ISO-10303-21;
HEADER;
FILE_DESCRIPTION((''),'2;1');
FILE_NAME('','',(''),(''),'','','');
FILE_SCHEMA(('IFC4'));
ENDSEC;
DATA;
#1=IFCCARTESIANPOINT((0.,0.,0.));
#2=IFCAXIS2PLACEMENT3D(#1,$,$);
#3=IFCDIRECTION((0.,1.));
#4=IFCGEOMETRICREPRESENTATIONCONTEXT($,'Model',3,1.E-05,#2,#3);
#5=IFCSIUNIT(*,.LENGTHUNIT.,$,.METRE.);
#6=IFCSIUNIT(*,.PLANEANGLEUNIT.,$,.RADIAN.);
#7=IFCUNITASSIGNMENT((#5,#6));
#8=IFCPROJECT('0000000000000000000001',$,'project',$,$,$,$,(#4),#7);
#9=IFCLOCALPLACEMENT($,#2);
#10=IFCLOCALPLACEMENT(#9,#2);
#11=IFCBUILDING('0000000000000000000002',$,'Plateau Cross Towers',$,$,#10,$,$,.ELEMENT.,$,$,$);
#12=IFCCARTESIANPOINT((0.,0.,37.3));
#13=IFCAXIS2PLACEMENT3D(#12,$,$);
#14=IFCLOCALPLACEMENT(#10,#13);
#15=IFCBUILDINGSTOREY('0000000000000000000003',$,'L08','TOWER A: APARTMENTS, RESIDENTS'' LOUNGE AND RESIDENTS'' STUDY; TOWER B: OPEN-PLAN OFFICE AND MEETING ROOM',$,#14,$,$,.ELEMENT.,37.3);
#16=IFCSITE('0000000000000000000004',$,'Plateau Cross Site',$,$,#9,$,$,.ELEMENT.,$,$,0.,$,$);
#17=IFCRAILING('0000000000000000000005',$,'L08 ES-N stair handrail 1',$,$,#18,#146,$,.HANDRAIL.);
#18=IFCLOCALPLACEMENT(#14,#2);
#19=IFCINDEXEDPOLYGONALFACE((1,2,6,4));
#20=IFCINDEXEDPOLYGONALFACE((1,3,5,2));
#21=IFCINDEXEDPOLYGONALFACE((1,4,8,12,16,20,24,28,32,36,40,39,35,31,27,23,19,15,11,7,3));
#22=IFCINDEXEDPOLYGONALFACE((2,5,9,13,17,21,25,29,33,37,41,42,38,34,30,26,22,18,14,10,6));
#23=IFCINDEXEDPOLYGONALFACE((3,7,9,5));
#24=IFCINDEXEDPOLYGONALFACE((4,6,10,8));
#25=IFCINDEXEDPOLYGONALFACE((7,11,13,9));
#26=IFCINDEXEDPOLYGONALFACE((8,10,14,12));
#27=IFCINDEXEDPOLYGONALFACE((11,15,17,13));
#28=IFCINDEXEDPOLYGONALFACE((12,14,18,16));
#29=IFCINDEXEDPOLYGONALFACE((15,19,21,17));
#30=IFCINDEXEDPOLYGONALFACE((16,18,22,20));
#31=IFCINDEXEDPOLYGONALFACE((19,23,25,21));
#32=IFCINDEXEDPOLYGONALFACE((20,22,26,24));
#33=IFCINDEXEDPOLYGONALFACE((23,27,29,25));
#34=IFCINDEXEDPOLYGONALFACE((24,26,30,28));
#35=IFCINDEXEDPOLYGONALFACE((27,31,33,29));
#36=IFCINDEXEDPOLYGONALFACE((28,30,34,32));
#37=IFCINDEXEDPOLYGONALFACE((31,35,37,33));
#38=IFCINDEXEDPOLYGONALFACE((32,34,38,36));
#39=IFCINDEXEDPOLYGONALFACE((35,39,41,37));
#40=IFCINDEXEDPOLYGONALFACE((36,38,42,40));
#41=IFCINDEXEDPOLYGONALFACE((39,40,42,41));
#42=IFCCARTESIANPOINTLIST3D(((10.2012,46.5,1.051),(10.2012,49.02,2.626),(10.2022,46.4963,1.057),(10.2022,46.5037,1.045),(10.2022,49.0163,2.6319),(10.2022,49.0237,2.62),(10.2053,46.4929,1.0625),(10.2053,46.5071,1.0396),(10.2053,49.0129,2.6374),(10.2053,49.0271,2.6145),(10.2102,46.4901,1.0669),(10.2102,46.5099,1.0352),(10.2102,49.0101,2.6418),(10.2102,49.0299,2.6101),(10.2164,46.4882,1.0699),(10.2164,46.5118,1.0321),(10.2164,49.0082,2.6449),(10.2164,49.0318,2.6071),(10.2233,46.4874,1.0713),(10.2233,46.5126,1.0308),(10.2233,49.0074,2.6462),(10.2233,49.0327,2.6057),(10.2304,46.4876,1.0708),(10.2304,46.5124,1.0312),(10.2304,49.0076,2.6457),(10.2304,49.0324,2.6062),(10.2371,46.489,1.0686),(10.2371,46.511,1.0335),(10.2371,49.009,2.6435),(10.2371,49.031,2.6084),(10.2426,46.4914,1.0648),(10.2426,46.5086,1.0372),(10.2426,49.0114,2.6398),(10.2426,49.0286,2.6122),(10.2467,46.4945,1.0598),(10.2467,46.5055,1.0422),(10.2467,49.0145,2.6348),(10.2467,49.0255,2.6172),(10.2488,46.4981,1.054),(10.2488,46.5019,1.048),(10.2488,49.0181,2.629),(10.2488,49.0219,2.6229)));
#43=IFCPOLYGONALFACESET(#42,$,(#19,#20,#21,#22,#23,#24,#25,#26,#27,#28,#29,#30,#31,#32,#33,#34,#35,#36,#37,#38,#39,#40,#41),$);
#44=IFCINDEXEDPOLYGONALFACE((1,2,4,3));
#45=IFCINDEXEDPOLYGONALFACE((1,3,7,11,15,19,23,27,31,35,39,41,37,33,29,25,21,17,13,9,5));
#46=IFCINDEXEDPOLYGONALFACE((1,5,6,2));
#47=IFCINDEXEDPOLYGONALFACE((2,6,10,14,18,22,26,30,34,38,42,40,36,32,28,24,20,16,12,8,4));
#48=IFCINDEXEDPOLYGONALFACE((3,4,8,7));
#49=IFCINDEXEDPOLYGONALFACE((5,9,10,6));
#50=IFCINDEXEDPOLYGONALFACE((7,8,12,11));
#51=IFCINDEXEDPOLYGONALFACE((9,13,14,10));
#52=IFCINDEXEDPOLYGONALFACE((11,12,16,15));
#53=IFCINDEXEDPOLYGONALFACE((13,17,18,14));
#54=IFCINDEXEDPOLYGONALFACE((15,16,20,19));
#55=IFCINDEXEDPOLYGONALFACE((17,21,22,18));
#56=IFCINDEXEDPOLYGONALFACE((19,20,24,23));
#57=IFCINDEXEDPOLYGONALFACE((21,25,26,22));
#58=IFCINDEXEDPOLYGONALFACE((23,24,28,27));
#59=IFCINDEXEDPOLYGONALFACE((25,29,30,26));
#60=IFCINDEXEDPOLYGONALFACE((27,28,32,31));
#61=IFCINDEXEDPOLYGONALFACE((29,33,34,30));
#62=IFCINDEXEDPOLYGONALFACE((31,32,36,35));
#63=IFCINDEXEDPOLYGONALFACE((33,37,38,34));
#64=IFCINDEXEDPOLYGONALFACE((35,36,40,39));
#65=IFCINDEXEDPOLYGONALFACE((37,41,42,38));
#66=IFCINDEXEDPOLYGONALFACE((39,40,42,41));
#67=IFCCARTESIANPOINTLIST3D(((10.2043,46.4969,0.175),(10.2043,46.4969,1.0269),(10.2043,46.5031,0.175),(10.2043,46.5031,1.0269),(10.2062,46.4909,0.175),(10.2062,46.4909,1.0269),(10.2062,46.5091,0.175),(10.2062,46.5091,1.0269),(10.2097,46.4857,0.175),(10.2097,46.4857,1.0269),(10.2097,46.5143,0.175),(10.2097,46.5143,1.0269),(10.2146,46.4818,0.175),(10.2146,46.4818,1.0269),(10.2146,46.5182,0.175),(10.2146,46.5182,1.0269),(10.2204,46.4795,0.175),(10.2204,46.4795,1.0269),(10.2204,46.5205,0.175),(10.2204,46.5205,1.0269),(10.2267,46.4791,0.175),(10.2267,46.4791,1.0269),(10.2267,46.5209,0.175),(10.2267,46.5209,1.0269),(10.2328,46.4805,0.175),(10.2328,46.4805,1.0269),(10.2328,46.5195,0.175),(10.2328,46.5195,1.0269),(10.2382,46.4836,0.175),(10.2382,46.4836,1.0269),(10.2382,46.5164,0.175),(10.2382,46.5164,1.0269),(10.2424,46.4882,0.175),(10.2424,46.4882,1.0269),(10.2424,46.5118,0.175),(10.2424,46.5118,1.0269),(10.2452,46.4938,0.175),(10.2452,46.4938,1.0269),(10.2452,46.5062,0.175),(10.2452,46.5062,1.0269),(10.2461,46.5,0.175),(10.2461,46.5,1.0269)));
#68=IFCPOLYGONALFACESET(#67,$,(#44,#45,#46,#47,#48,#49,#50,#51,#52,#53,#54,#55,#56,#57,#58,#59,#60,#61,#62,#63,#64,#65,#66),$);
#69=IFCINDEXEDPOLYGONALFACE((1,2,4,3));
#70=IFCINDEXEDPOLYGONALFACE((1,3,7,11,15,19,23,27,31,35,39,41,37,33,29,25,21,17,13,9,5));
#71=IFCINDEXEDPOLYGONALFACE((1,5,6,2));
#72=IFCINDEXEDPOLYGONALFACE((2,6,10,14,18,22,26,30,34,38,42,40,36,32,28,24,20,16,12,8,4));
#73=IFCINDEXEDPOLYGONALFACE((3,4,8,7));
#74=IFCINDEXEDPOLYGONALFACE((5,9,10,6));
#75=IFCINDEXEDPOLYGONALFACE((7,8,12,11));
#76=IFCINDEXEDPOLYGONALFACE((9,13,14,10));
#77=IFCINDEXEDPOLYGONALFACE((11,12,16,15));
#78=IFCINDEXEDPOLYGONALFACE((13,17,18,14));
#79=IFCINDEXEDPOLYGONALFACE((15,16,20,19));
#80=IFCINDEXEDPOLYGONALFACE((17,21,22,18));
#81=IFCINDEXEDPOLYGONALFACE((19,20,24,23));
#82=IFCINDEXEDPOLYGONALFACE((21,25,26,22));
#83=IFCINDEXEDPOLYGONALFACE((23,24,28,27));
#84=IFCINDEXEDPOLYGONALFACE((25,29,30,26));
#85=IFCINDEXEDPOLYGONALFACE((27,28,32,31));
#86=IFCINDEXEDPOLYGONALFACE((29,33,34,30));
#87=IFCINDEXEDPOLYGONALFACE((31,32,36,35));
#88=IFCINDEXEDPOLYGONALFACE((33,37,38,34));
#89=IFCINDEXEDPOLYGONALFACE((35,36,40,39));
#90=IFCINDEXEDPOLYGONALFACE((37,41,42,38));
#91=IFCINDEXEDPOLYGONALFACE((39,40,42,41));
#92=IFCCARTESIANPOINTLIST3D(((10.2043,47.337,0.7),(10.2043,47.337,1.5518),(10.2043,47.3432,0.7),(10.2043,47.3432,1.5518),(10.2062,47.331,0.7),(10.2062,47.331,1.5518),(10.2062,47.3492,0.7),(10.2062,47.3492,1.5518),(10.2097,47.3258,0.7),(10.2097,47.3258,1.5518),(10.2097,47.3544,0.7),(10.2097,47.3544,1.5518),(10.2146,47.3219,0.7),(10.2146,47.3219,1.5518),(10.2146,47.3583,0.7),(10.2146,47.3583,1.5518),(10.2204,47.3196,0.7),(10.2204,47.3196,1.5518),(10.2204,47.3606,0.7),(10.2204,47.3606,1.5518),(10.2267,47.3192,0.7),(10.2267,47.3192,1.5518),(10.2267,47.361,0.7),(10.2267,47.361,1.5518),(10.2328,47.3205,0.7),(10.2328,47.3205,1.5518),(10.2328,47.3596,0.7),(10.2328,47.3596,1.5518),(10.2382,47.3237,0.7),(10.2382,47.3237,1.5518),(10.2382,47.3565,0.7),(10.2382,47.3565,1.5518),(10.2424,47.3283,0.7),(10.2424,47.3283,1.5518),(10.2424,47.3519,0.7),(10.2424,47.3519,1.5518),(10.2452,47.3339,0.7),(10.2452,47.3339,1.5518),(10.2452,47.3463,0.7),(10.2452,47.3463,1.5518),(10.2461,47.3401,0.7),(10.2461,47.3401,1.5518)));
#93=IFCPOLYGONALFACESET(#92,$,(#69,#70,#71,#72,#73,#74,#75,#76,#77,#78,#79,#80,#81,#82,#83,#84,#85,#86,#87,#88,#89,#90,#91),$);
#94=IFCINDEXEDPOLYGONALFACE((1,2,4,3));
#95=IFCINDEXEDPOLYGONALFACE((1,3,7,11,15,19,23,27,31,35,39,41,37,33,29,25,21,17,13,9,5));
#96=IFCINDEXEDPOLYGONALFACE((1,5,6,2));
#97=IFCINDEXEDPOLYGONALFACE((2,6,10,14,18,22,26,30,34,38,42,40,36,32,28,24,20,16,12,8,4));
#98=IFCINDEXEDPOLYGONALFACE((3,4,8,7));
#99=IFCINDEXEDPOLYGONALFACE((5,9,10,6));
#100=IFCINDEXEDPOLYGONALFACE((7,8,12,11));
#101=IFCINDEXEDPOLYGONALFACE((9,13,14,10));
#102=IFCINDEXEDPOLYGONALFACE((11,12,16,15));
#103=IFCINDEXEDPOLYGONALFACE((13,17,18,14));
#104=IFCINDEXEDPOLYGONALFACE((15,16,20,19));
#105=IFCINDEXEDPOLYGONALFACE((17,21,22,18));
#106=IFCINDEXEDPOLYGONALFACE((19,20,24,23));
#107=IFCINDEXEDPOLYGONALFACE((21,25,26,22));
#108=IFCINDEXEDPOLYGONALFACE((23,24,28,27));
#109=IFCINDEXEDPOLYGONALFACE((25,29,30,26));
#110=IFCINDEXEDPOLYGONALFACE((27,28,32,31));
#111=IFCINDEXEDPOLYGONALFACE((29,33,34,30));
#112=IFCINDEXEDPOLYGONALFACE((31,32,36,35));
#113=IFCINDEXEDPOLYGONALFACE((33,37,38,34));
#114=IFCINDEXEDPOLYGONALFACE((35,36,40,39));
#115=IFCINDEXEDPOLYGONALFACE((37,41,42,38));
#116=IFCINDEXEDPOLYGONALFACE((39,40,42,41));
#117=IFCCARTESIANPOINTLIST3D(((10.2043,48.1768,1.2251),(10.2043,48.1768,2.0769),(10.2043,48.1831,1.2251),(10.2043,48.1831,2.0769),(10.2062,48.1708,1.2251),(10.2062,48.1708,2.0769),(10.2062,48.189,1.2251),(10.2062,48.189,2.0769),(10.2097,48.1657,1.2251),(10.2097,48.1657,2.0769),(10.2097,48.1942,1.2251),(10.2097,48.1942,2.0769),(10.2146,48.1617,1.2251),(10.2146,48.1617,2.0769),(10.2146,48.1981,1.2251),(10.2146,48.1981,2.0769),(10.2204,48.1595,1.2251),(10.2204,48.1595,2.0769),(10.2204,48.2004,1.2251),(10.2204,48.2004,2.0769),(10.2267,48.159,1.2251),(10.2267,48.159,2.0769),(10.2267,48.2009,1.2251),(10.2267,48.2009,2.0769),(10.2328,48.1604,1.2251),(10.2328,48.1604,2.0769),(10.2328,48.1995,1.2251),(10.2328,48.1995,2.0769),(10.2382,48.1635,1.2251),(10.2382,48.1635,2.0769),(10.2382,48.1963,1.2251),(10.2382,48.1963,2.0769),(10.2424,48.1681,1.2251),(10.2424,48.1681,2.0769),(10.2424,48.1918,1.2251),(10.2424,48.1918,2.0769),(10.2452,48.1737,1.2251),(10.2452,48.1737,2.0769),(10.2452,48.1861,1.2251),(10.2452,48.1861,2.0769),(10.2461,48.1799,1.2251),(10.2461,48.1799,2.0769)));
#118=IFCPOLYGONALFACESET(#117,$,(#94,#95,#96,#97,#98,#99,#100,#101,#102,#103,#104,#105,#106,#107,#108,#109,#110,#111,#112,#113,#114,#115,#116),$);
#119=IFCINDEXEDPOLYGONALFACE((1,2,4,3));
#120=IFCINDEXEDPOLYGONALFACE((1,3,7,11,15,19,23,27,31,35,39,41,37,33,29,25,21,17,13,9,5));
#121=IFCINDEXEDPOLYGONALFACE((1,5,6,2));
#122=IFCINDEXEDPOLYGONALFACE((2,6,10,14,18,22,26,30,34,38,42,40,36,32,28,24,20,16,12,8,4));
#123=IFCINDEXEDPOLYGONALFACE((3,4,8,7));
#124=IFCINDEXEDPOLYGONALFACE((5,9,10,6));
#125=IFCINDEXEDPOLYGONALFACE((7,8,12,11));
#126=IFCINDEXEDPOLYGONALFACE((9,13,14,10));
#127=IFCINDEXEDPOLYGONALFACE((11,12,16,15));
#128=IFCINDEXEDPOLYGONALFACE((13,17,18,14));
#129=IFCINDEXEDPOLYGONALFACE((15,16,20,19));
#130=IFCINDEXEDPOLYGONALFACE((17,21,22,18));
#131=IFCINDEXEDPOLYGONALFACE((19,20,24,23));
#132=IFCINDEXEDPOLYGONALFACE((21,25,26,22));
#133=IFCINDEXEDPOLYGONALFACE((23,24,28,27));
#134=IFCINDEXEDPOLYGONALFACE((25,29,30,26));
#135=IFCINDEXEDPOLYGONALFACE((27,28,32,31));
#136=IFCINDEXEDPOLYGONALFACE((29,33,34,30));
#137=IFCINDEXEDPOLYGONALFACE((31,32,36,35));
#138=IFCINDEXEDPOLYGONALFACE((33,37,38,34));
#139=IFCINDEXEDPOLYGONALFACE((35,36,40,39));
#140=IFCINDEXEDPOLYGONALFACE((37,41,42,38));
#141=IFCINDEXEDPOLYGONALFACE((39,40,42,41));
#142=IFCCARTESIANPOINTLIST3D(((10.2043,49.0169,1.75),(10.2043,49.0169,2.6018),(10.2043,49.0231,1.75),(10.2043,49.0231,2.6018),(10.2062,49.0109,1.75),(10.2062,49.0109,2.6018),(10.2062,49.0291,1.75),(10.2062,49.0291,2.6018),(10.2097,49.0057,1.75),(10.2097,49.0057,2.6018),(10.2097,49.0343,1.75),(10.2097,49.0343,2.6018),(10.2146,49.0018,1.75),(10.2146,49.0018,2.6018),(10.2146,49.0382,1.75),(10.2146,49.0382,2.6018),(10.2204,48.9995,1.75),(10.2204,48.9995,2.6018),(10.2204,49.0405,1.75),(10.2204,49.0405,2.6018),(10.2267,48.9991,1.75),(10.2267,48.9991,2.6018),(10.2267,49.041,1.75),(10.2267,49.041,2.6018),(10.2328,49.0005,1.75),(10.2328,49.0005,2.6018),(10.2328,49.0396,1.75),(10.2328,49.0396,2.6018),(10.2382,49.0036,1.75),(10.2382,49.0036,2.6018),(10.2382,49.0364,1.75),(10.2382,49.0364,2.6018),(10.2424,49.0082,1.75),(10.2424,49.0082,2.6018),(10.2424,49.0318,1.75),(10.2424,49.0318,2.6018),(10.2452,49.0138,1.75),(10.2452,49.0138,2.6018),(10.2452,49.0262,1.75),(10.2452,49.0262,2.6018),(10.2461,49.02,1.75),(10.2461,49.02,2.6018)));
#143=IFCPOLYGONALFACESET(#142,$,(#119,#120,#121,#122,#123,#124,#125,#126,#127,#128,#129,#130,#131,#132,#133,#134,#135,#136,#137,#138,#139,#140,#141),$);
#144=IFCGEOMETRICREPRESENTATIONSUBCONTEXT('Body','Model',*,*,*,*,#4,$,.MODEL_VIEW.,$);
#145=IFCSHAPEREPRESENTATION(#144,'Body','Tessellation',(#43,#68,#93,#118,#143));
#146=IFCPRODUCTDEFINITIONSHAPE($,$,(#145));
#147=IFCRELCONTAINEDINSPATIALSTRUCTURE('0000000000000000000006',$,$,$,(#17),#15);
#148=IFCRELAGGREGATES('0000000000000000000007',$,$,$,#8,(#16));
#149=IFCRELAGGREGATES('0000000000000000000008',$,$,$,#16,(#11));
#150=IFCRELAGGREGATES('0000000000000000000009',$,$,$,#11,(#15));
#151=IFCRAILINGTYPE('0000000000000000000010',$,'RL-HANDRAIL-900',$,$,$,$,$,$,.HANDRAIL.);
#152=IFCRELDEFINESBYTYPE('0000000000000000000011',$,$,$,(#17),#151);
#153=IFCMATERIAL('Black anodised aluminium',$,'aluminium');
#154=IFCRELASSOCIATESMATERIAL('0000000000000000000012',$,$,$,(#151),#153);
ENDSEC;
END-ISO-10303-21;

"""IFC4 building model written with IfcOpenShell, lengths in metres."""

from ifc_helpers import new_model, si_unit, direction, frame, origin, origin_2d, place, context, subcontext, project, spatial, circle, extrude, material, type_object, element, save


model = new_model("IFC4")

# Units and contexts
model_context = context("Model", 3, precision=1e-05, world=origin(), true_north=direction((0.0, 1.0)))
body_context = subcontext(model_context, "Body", "Model", "MODEL_VIEW")
ifc_project = project(units=[si_unit("LENGTHUNIT", "METRE"), si_unit("PLANEANGLEUNIT", "RADIAN")], contexts=[model_context])

# Site, building, storey
site_placement = place(None, origin())
site = spatial("IfcSite", under=ifc_project, at=site_placement, Name="Plateau Cross Site", CompositionType="ELEMENT", RefElevation=0.0)
building_placement = place(site_placement, origin())
building = spatial("IfcBuilding", under=site, at=building_placement, Name="Plateau Cross Towers", CompositionType="ELEMENT")
storey_placement = place(building_placement, frame((0.0, 0.0, 37.3)))
storey = spatial("IfcBuildingStorey", under=building, at=storey_placement, Name="L08", Description="TOWER A: APARTMENTS, RESIDENTS' LOUNGE AND RESIDENTS' STUDY; TOWER B: OPEN-PLAN OFFICE AND MEETING ROOM", CompositionType="ELEMENT", Elevation=37.3)

# Shared definitions
ifc_material_1 = material(Name="Black anodised aluminium", Category="aluminium")

# Railing
railing_type_1 = type_object("IfcRailingType", Name="RL-HANDRAIL-900", PredefinedType="HANDRAIL", material=ifc_material_1)
railing_1_placement = place(storey_placement, frame((10.2251, 46.5, 0.175)))
element("IfcRailing", 1, at=railing_1_placement, inside=storey, type_object=railing_type_1, Name="L08 ES-N stair handrail 1", PredefinedType="HANDRAIL", context=body_context, shape_type="SweptSolid", body=[
    extrude(circle(Radius=0.0239, at=origin_2d()), frame((0.0, 0.0, 0.876), z_axis=(0.0, 0.848008, 0.529984), x_axis=(-1.0, 0.0, 0.0)), (0.0, 0.0, 1.0), 2.9717),
    extrude(circle(Radius=0.021, at=origin_2d()), origin(), (0.0, 0.0, 1.0), 0.8518),
    extrude(circle(Radius=0.021, at=origin_2d()), frame((0.0, 0.8401, 0.5249)), (0.0, 0.0, 1.0), 0.8518),
    extrude(circle(Radius=0.021, at=origin_2d()), frame((0.0, 1.6799, 1.05)), (0.0, 0.0, 1.0), 0.8518),
    extrude(circle(Radius=0.021, at=origin_2d()), frame((0.0, 2.52, 1.575)), (0.0, 0.0, 1.0), 0.8518),
])

save(model, "model.ifc")
